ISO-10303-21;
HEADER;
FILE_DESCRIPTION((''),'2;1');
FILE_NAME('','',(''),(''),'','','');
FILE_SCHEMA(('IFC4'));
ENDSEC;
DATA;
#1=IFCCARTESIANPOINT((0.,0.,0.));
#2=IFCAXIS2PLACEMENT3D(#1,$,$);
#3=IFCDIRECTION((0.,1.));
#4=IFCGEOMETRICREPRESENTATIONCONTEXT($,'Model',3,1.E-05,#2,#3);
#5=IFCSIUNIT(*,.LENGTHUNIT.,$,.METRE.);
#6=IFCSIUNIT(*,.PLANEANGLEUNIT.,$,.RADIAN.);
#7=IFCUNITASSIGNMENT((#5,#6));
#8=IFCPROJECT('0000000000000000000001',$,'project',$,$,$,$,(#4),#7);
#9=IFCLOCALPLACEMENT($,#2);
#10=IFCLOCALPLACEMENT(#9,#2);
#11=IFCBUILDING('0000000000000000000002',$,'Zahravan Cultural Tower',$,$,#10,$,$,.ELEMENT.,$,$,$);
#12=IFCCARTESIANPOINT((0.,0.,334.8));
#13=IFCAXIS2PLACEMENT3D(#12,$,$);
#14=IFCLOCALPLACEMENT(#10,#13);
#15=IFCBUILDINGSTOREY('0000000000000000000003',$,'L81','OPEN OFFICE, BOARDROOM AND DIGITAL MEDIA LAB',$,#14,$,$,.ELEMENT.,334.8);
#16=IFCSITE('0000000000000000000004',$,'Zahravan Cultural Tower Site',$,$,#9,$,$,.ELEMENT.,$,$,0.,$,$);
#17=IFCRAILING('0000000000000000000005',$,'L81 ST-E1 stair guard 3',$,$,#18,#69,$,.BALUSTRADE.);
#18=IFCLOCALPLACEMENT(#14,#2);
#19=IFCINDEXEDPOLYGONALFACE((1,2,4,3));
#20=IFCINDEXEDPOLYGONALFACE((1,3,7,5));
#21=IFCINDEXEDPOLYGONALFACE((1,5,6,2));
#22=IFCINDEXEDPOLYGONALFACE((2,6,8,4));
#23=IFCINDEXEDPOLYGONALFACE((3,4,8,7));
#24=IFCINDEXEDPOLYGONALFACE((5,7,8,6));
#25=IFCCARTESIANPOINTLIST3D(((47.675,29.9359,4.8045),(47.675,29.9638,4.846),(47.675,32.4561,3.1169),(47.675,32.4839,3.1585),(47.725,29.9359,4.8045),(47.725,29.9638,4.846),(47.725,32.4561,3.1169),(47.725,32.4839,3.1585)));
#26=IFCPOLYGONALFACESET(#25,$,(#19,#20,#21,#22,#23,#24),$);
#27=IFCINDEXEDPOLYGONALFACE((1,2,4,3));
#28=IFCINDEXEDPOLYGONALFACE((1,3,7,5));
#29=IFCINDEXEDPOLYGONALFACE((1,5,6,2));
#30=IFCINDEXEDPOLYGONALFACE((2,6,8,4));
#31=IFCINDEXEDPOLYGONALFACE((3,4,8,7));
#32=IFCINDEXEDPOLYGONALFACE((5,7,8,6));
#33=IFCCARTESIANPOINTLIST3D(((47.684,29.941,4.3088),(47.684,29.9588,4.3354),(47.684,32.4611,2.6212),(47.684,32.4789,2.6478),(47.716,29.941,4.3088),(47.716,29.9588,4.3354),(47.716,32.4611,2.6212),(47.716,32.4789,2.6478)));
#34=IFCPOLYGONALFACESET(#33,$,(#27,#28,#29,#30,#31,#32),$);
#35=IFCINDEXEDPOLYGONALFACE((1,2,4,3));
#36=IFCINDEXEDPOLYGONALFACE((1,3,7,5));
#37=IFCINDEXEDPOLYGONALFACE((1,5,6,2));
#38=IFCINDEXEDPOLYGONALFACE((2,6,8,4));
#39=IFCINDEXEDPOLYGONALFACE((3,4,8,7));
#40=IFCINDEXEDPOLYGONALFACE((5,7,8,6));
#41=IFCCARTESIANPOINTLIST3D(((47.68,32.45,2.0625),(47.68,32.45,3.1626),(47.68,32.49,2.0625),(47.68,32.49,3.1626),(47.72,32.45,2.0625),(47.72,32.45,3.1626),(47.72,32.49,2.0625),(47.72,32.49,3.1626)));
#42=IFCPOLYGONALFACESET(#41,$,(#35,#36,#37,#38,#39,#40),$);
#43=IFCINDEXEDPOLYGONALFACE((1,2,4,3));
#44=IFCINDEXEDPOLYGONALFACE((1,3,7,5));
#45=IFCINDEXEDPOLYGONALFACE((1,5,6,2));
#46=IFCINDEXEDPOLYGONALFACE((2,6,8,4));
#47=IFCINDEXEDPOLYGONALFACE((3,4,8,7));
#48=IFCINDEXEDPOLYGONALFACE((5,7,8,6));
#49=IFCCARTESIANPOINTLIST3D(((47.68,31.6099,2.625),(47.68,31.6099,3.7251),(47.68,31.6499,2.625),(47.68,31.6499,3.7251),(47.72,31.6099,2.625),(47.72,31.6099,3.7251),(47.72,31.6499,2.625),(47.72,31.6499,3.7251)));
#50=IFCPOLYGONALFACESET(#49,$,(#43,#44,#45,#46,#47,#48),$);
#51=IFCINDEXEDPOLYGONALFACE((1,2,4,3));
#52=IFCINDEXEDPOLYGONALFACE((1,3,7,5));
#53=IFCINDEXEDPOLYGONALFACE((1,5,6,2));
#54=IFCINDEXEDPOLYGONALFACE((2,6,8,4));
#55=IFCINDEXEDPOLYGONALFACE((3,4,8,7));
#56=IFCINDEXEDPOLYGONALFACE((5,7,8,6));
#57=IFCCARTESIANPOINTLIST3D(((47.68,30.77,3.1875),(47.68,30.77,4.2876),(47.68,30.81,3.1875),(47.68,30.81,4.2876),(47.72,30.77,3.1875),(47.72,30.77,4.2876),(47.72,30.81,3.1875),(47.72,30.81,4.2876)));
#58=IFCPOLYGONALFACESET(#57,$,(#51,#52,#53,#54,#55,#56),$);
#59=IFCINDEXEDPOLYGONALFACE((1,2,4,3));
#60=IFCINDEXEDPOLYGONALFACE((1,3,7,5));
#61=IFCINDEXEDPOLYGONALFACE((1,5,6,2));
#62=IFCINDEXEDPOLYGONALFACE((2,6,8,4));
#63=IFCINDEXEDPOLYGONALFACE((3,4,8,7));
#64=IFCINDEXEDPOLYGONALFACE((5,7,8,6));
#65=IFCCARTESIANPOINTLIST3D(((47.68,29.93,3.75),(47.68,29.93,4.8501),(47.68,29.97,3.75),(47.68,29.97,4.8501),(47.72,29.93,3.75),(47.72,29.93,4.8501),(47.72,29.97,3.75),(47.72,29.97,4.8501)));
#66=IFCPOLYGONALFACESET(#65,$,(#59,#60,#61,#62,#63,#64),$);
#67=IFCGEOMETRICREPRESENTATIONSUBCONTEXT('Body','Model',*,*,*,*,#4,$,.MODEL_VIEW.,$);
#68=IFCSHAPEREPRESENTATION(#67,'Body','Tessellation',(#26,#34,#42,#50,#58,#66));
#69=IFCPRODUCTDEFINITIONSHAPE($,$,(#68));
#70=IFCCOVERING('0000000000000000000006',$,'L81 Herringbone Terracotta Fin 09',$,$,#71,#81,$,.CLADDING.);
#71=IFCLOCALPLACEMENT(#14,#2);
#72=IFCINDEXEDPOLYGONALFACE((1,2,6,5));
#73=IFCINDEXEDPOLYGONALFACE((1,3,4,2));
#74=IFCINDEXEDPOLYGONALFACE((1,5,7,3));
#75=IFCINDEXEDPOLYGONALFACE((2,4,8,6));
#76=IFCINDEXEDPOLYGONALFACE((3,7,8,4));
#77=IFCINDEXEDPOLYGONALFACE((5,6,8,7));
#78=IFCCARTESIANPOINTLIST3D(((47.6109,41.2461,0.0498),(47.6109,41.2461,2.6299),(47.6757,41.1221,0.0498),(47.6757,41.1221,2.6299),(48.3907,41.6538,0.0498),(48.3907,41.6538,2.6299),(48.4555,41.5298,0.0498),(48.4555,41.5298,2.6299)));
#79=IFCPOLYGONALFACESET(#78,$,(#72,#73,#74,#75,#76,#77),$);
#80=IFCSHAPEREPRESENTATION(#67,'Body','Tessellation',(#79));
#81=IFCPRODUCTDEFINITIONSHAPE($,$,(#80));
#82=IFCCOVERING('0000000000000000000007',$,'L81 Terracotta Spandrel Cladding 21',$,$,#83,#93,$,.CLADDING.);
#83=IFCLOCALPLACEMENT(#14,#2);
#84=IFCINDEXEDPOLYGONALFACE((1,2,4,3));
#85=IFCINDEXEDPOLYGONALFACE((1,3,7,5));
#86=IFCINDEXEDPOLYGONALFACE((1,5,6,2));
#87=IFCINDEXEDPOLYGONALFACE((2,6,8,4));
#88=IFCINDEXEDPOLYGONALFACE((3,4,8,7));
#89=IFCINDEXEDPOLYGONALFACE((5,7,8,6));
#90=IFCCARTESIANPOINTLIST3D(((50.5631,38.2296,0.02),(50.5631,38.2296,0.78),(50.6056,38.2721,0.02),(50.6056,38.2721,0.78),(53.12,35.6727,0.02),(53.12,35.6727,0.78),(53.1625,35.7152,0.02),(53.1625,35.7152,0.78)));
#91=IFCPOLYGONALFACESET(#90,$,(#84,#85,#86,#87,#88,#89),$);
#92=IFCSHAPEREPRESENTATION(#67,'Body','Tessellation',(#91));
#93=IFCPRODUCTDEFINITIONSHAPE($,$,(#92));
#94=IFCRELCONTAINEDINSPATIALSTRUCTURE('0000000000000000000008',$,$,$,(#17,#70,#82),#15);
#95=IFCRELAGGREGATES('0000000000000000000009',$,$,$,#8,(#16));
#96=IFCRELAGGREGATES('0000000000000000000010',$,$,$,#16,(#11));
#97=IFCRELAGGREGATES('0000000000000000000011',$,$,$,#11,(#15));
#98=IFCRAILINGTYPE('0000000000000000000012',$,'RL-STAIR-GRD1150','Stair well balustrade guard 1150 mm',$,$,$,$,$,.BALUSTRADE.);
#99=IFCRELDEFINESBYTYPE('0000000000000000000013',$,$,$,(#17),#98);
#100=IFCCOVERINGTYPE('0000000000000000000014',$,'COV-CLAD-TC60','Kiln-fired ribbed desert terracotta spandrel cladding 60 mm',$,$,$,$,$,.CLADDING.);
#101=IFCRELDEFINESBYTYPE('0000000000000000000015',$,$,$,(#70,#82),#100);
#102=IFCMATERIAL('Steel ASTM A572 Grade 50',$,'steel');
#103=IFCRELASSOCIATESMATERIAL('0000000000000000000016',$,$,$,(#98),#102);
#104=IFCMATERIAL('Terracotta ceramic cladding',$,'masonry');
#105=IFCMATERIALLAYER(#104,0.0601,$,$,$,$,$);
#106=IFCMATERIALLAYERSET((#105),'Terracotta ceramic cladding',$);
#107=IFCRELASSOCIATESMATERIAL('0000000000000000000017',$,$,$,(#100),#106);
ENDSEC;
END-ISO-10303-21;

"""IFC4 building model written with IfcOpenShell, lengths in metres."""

from ifc_helpers import new_model, si_unit, direction, frame, origin, origin_2d, place, context, subcontext, project, spatial, rectangle, extrude, source, transform, mapped, material, layer, layer_set, type_object, element, save


model = new_model("IFC4")

# Units and contexts
model_context = context("Model", 3, precision=1e-05, world=origin(), true_north=direction((0.0, 1.0)))
body_context = subcontext(model_context, "Body", "Model", "MODEL_VIEW")
ifc_project = project(units=[si_unit("LENGTHUNIT", "METRE"), si_unit("PLANEANGLEUNIT", "RADIAN")], contexts=[model_context])

# Site, building, storey
site_placement = place(None, origin())
site = spatial("IfcSite", under=ifc_project, at=site_placement, Name="Zahravan Cultural Tower Site", CompositionType="ELEMENT", RefElevation=0.0)
building_placement = place(site_placement, origin())
building = spatial("IfcBuilding", under=site, at=building_placement, Name="Zahravan Cultural Tower", CompositionType="ELEMENT")
storey_placement = place(building_placement, frame((0.0, 0.0, 334.8)))
storey = spatial("IfcBuildingStorey", under=building, at=storey_placement, Name="L81", Description="OPEN OFFICE, BOARDROOM AND DIGITAL MEDIA LAB", CompositionType="ELEMENT", Elevation=334.8)

# Railing
ifc_material_1 = material(Name="Steel ASTM A572 Grade 50", Category="steel")
railing_type = type_object("IfcRailingType", Name="RL-STAIR-GRD1150", Description="Stair well balustrade guard 1150 mm", PredefinedType="BALUSTRADE", material=ifc_material_1)
railing_1_placement = place(storey_placement, frame((47.7, 32.47, 2.0625)))
element("IfcRailing", 1, at=railing_1_placement, inside=storey, type_object=railing_type, Name="L81 ST-E1 stair guard 3", PredefinedType="BALUSTRADE", context=body_context, shape_type="SweptSolid", body=[
    extrude(rectangle(XDim=0.05, YDim=0.05, at=origin_2d()), frame((0.0, 0.0, 1.0752), z_axis=(0.0, -0.830909, 0.556408), x_axis=(1.0, 0.0, 0.0)), (0.0, 0.0, 1.0), 3.033),
    extrude(rectangle(XDim=0.032, YDim=0.032, at=origin_2d()), frame((0.0, 0.0, 0.572), z_axis=(0.0, -0.830909, 0.556408), x_axis=(1.0, 0.0, 0.0)), (0.0, 0.0, 1.0), 3.033),
    extrude(rectangle(XDim=0.04, YDim=0.04, at=origin_2d()), origin(), (0.0, 0.0, 1.0), 1.1001),
    extrude(rectangle(XDim=0.04, YDim=0.04, at=origin_2d()), frame((0.0, -0.8401, 0.5625)), (0.0, 0.0, 1.0), 1.1001),
    extrude(rectangle(XDim=0.04, YDim=0.04, at=origin_2d()), frame((0.0, -1.6799, 1.125)), (0.0, 0.0, 1.0), 1.1001),
    extrude(rectangle(XDim=0.04, YDim=0.04, at=origin_2d()), frame((0.0, -2.52, 1.6875)), (0.0, 0.0, 1.0), 1.1001),
])

# Coverings
ifc_material_2 = material(Name="Terracotta ceramic cladding", Category="masonry")
ifc_layer_1 = layer(ifc_material_2, 0.0601)
ifc_layer_set_1 = layer_set([ifc_layer_1], Name="Terracotta ceramic cladding")
covering_type = type_object("IfcCoveringType", Name="COV-CLAD-TC60", Description="Kiln-fired ribbed desert terracotta spandrel cladding 60 mm", PredefinedType="CLADDING", material=ifc_layer_set_1)
shared_shape_1 = source(origin(), body_context, "Body", "SweptSolid", [
    extrude(rectangle(XDim=0.8799, YDim=0.1399, at=origin_2d()), origin(), (0.0, 0.0, 1.0), 2.5801),
])
covering_1_placement = place(storey_placement, frame((48.0332, 41.3879, 0.0498), z_axis=(0.0, 0.0, 1.0), x_axis=(0.886195, 0.463312, 0.0)))
element("IfcCovering", 2, at=covering_1_placement, inside=storey, type_object=covering_type, Name="L81 Herringbone Terracotta Fin 09", PredefinedType="CLADDING", context=body_context, shape_type="MappedRepresentation", body=[
    mapped(shared_shape_1, transform((0.0, 0.0, 0.0), x_axis=(1.0, 0.0, 0.0), y_axis=(0.0, 1.0, 0.0), z_axis=(0.0, 0.0, 1.0), scale=1.0)),
])
shared_shape_2 = source(origin(), body_context, "Body", "SweptSolid", [
    extrude(rectangle(XDim=3.616, YDim=0.0601, at=origin_2d()), origin(), (0.0, 0.0, 1.0), 0.76),
])
covering_2_placement = place(storey_placement, frame((51.8628, 36.9724, 0.02), z_axis=(0.0, 0.0, 1.0), x_axis=(0.707107, -0.707107, 0.0)))
element("IfcCovering", 3, at=covering_2_placement, inside=storey, type_object=covering_type, Name="L81 Terracotta Spandrel Cladding 21", PredefinedType="CLADDING", context=body_context, shape_type="MappedRepresentation", body=[
    mapped(shared_shape_2, transform((0.0, 0.0, 0.0), x_axis=(1.0, 0.0, 0.0), y_axis=(0.0, 1.0, 0.0), z_axis=(0.0, 0.0, 1.0), scale=1.0)),
])

save(model, "model.ifc")
